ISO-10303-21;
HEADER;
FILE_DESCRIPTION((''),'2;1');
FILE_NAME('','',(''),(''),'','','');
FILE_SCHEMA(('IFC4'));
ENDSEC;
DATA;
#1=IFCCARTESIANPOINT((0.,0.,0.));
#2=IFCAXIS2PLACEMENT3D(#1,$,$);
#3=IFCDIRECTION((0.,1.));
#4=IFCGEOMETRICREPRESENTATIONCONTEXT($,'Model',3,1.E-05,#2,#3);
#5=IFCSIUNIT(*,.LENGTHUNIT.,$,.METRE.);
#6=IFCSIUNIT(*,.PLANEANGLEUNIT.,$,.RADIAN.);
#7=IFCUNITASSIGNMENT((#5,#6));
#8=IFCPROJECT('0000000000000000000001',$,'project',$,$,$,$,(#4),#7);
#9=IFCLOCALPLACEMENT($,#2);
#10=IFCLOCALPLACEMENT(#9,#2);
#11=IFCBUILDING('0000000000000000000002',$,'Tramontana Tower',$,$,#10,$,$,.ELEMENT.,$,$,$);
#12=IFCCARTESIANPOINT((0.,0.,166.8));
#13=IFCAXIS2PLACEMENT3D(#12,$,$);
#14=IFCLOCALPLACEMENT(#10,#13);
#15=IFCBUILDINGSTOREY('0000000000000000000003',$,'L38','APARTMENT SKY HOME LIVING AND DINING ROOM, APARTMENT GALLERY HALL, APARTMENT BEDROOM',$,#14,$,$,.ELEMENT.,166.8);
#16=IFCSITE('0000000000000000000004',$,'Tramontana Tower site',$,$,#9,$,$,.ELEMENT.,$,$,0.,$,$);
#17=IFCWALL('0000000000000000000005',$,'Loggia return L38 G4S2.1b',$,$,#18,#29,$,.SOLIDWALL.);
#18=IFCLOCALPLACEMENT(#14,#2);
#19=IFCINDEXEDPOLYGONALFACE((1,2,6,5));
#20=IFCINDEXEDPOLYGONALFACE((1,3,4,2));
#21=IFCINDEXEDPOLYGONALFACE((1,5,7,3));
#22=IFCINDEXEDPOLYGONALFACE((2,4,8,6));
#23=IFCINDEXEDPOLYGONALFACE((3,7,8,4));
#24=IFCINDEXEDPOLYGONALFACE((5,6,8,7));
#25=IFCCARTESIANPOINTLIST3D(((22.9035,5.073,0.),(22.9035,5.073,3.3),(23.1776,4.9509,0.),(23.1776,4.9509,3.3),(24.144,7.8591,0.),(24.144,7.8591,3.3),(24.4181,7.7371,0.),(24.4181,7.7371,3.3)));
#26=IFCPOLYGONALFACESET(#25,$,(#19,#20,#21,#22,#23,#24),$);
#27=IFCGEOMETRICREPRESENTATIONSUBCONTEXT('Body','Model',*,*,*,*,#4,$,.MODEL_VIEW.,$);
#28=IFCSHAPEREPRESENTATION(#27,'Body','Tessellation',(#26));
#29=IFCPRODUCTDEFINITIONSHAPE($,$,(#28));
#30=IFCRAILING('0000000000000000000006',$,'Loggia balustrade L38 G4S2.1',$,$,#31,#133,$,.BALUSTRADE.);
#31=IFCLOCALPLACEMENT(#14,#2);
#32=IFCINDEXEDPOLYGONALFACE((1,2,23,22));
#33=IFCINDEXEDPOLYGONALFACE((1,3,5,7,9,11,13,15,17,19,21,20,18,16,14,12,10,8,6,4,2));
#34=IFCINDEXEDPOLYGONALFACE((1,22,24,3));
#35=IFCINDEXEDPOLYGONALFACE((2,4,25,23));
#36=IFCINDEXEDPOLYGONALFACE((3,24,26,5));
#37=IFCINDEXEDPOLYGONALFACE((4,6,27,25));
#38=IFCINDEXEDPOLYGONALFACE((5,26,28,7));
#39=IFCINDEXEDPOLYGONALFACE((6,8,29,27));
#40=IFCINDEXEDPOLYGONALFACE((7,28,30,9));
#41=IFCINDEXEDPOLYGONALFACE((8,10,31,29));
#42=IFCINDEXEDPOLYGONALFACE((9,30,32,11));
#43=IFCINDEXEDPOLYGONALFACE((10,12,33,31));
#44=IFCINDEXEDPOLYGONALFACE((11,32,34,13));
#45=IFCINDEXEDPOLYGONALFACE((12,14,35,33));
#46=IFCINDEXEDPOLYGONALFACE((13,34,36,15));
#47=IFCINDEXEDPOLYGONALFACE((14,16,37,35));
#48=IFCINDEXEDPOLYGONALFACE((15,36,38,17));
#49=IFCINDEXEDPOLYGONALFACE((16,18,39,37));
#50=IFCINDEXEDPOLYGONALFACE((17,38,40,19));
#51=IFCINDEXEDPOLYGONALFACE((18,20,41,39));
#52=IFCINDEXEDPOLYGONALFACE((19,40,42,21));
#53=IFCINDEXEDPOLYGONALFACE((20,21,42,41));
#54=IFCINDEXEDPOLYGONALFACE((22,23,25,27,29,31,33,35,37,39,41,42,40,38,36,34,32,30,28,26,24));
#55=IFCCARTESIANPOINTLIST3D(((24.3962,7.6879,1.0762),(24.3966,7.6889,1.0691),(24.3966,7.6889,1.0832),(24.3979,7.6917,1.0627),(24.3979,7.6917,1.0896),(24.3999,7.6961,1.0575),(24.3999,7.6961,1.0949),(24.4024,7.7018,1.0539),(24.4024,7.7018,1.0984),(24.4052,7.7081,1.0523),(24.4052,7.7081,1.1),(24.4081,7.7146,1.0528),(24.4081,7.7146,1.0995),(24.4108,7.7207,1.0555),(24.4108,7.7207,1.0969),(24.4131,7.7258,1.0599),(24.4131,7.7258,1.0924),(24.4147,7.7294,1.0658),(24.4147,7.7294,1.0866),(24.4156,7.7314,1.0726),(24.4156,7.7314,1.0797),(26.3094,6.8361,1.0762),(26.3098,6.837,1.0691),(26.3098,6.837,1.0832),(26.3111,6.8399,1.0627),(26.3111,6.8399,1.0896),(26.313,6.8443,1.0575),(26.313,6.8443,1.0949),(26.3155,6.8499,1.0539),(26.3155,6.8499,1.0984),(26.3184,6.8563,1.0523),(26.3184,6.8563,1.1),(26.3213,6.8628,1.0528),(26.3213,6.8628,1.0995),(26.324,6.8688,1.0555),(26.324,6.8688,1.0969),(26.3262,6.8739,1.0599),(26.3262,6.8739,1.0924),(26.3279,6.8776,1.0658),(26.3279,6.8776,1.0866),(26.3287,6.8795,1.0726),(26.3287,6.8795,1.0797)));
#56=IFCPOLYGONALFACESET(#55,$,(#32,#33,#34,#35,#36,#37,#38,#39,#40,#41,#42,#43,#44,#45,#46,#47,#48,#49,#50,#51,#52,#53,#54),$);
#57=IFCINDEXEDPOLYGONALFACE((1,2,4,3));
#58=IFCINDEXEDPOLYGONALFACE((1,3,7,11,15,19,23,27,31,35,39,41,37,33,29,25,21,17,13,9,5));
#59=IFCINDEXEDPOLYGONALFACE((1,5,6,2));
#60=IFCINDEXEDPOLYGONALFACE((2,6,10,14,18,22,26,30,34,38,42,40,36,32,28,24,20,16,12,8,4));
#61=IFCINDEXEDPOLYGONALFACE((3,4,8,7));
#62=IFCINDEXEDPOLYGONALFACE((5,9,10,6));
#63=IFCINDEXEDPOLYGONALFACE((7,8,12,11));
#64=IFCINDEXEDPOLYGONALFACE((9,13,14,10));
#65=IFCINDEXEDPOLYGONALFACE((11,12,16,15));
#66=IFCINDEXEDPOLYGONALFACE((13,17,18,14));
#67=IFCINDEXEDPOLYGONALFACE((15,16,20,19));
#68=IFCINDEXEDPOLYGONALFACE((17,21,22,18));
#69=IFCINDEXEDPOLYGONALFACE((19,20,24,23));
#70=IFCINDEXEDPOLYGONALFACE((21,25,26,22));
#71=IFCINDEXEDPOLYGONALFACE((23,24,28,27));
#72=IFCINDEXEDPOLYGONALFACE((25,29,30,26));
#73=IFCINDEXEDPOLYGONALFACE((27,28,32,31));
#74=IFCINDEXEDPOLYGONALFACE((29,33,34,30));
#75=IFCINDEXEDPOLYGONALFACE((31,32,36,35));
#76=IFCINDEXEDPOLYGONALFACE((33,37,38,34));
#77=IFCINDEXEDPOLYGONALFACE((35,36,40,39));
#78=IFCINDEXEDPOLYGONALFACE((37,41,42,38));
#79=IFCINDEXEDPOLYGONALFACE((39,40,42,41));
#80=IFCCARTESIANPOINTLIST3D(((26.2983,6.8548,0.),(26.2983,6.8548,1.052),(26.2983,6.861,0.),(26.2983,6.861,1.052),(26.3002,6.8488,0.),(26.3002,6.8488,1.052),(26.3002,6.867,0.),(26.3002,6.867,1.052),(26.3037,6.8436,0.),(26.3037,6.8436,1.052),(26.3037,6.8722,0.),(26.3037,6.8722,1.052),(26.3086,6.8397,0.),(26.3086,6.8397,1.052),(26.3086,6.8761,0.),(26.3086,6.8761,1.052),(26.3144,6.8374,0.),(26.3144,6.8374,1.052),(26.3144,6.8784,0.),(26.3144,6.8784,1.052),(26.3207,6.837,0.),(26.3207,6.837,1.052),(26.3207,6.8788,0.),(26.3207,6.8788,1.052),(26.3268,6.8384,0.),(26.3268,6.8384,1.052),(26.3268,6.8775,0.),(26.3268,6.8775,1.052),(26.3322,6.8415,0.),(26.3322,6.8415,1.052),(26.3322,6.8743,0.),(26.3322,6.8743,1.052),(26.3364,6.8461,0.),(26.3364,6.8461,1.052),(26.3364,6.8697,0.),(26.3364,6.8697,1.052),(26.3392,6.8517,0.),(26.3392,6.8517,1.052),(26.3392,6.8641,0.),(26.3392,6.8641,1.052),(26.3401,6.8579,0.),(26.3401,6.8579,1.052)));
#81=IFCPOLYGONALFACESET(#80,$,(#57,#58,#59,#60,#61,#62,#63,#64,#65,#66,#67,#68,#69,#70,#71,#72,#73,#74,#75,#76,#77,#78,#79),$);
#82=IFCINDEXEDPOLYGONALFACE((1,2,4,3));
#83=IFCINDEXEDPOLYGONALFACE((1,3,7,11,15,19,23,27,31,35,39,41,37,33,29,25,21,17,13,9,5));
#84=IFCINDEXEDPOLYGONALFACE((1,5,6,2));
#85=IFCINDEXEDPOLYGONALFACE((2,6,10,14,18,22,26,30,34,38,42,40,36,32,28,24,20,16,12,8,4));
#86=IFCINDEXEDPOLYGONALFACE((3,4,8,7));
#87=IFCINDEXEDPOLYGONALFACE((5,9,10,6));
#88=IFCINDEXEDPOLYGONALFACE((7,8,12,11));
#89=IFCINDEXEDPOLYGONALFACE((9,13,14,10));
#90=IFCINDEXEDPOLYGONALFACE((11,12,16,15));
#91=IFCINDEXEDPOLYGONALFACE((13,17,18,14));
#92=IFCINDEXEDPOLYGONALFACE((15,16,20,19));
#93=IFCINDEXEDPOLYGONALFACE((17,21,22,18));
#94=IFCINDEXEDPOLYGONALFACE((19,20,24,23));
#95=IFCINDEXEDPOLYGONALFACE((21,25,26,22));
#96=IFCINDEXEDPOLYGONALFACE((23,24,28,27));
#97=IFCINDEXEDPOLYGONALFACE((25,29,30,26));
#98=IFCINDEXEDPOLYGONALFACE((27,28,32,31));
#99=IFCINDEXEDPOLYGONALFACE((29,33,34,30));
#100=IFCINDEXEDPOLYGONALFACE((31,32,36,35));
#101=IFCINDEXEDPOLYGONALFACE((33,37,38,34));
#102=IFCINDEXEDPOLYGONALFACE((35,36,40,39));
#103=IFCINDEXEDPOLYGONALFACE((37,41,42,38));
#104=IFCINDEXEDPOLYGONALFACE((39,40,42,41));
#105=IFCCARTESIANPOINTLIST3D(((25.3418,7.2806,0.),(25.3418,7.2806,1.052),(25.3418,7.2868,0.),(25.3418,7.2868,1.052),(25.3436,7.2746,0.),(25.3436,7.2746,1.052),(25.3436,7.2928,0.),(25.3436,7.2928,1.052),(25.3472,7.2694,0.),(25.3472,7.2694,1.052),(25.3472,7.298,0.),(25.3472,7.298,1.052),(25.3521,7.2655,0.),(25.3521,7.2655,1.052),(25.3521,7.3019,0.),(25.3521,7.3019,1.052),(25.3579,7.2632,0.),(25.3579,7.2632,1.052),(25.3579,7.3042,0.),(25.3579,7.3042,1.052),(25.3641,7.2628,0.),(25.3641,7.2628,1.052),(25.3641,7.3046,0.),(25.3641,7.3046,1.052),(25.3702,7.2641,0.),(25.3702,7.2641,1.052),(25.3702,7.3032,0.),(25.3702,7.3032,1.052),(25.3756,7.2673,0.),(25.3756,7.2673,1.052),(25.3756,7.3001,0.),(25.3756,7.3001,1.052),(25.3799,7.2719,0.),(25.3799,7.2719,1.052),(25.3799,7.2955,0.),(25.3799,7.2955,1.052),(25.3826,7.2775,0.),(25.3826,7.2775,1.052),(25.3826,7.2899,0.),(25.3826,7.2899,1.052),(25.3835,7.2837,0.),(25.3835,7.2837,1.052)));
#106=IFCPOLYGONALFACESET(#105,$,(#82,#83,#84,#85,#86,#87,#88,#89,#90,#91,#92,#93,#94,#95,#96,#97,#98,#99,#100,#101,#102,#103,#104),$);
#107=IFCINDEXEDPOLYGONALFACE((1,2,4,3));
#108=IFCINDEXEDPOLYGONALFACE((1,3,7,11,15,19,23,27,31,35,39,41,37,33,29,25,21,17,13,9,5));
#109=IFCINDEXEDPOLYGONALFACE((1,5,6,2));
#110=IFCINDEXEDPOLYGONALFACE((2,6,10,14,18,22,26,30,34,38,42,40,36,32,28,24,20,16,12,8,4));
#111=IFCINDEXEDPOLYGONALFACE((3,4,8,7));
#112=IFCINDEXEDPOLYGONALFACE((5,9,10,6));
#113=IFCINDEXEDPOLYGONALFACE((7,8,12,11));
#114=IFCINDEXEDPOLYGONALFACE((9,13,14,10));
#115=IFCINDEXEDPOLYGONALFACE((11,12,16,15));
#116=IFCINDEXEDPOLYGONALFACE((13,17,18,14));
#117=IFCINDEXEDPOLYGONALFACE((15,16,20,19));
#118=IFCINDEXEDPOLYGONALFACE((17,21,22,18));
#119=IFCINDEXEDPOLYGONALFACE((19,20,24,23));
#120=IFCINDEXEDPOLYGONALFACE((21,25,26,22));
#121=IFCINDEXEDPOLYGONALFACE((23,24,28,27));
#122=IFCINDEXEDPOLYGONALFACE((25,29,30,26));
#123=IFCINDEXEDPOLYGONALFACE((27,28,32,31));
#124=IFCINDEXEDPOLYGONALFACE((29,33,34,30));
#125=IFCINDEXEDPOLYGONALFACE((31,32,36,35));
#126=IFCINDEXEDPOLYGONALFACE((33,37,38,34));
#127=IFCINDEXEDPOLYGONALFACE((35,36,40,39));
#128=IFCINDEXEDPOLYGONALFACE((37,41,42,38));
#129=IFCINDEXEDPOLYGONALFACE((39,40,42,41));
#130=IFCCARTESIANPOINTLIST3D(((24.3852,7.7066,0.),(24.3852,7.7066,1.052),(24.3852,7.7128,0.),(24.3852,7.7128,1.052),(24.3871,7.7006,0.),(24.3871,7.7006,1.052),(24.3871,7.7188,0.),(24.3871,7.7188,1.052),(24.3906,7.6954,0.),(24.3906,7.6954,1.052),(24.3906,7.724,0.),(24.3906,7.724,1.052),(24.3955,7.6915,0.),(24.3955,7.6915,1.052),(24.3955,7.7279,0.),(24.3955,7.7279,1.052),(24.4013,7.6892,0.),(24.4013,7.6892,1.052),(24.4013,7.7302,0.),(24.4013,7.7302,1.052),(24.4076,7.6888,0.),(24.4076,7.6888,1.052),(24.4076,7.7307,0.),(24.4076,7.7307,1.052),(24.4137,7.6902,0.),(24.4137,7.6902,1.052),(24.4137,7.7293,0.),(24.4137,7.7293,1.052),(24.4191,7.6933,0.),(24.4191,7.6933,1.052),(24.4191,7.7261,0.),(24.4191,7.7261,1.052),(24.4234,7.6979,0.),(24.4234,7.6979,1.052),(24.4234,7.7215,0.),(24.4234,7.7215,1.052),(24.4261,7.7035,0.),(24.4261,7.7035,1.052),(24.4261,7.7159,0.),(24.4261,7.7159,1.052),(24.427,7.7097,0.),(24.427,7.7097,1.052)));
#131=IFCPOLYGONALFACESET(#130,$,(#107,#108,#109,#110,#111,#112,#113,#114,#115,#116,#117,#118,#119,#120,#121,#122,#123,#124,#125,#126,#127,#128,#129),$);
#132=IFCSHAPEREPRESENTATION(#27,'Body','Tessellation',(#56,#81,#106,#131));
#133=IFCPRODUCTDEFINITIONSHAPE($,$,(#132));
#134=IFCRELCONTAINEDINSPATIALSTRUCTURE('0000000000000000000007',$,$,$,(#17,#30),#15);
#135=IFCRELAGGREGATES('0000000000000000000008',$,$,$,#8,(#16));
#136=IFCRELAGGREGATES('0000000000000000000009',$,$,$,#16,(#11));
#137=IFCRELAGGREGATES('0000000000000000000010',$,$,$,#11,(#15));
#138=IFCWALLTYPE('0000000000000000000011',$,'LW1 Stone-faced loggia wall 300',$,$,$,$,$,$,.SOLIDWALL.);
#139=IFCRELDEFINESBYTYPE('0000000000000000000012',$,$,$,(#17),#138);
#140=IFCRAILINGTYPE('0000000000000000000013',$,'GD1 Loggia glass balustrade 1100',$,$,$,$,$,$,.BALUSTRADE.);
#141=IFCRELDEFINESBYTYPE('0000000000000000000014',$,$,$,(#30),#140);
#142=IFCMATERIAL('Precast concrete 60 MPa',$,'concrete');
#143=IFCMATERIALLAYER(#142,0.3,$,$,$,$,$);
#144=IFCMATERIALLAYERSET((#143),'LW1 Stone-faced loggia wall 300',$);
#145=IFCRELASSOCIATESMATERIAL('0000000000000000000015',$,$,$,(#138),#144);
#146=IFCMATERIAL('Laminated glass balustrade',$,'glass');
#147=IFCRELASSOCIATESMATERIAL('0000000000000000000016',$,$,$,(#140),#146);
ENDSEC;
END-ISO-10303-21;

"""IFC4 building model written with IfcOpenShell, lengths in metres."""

from ifc_helpers import new_model, si_unit, direction, frame, frame_2d, origin, origin_2d, place, context, subcontext, project, spatial, rectangle, circle, extrude, material, layer, layer_set, type_object, element, save


model = new_model("IFC4")

# Units and contexts
model_context = context("Model", 3, precision=1e-05, world=origin(), true_north=direction((0.0, 1.0)))
body_context = subcontext(model_context, "Body", "Model", "MODEL_VIEW")
ifc_project = project(units=[si_unit("LENGTHUNIT", "METRE"), si_unit("PLANEANGLEUNIT", "RADIAN")], contexts=[model_context])

# Site, building, storey
site_placement = place(None, origin())
site = spatial("IfcSite", under=ifc_project, at=site_placement, Name="Tramontana Tower site", CompositionType="ELEMENT", RefElevation=0.0)
building_placement = place(site_placement, origin())
building = spatial("IfcBuilding", under=site, at=building_placement, Name="Tramontana Tower", CompositionType="ELEMENT")
storey_placement = place(building_placement, frame((0.0, 0.0, 166.8)))
storey = spatial("IfcBuildingStorey", under=building, at=storey_placement, Name="L38", Description="APARTMENT SKY HOME LIVING AND DINING ROOM, APARTMENT GALLERY HALL, APARTMENT BEDROOM", CompositionType="ELEMENT", Elevation=166.8)

# Shared definitions
ifc_material_1 = material(Name="Precast concrete 60 MPa", Category="concrete")
ifc_layer_1 = layer(ifc_material_1, 0.3)
ifc_layer_set_1 = layer_set([ifc_layer_1], Name="LW1 Stone-faced loggia wall 300")
wall_type_1 = type_object("IfcWallType", Name="LW1 Stone-faced loggia wall 300", PredefinedType="SOLIDWALL", material=ifc_layer_set_1)

# Wall
for number, where, z_axis, x_axis, name in (
    (1, (24.281, 7.7981, 0.0), (0.0, 0.0, 1.0), (-0.40674, -0.913544, 0.0), "Loggia return L38 G4S2.1b"),
):
    element("IfcWall", number, at=place(storey_placement, frame(where, z_axis=z_axis, x_axis=x_axis)), inside=storey, type_object=wall_type_1, Name=name, PredefinedType="SOLIDWALL", context=body_context, shape_type="SweptSolid", body=[
        extrude(rectangle(XDim=3.0498, YDim=0.3, at=frame_2d((1.5249, 0.0))), origin(), (0.0, 0.0, 1.0), 3.3),
    ])

# Railing
ifc_material_2 = material(Name="Laminated glass balustrade", Category="glass")
railing_type = type_object("IfcRailingType", Name="GD1 Loggia glass balustrade 1100", PredefinedType="BALUSTRADE", material=ifc_material_2)
railing_1_placement = place(storey_placement, frame((26.3191, 6.8579, 0.0)))
element("IfcRailing", 2, at=railing_1_placement, inside=storey, type_object=railing_type, Name="Loggia balustrade L38 G4S2.1", PredefinedType="BALUSTRADE", context=body_context, shape_type="SweptSolid", body=[
    extrude(circle(Radius=0.0239, at=origin_2d()), frame((0.0, 0.0, 1.0762), z_axis=(-0.913537, 0.406755, 0.0), x_axis=(-0.406755, -0.913537, 0.0)), (0.0, 0.0, 1.0), 2.0942),
    extrude(circle(Radius=0.021, at=origin_2d()), origin(), (0.0, 0.0, 1.0), 1.052),
    extrude(circle(Radius=0.021, at=origin_2d()), frame((-0.9565, 0.4258, 0.0)), (0.0, 0.0, 1.0), 1.052),
    extrude(circle(Radius=0.021, at=origin_2d()), frame((-1.9131, 0.8518, 0.0)), (0.0, 0.0, 1.0), 1.052),
])

save(model, "model.ifc")
